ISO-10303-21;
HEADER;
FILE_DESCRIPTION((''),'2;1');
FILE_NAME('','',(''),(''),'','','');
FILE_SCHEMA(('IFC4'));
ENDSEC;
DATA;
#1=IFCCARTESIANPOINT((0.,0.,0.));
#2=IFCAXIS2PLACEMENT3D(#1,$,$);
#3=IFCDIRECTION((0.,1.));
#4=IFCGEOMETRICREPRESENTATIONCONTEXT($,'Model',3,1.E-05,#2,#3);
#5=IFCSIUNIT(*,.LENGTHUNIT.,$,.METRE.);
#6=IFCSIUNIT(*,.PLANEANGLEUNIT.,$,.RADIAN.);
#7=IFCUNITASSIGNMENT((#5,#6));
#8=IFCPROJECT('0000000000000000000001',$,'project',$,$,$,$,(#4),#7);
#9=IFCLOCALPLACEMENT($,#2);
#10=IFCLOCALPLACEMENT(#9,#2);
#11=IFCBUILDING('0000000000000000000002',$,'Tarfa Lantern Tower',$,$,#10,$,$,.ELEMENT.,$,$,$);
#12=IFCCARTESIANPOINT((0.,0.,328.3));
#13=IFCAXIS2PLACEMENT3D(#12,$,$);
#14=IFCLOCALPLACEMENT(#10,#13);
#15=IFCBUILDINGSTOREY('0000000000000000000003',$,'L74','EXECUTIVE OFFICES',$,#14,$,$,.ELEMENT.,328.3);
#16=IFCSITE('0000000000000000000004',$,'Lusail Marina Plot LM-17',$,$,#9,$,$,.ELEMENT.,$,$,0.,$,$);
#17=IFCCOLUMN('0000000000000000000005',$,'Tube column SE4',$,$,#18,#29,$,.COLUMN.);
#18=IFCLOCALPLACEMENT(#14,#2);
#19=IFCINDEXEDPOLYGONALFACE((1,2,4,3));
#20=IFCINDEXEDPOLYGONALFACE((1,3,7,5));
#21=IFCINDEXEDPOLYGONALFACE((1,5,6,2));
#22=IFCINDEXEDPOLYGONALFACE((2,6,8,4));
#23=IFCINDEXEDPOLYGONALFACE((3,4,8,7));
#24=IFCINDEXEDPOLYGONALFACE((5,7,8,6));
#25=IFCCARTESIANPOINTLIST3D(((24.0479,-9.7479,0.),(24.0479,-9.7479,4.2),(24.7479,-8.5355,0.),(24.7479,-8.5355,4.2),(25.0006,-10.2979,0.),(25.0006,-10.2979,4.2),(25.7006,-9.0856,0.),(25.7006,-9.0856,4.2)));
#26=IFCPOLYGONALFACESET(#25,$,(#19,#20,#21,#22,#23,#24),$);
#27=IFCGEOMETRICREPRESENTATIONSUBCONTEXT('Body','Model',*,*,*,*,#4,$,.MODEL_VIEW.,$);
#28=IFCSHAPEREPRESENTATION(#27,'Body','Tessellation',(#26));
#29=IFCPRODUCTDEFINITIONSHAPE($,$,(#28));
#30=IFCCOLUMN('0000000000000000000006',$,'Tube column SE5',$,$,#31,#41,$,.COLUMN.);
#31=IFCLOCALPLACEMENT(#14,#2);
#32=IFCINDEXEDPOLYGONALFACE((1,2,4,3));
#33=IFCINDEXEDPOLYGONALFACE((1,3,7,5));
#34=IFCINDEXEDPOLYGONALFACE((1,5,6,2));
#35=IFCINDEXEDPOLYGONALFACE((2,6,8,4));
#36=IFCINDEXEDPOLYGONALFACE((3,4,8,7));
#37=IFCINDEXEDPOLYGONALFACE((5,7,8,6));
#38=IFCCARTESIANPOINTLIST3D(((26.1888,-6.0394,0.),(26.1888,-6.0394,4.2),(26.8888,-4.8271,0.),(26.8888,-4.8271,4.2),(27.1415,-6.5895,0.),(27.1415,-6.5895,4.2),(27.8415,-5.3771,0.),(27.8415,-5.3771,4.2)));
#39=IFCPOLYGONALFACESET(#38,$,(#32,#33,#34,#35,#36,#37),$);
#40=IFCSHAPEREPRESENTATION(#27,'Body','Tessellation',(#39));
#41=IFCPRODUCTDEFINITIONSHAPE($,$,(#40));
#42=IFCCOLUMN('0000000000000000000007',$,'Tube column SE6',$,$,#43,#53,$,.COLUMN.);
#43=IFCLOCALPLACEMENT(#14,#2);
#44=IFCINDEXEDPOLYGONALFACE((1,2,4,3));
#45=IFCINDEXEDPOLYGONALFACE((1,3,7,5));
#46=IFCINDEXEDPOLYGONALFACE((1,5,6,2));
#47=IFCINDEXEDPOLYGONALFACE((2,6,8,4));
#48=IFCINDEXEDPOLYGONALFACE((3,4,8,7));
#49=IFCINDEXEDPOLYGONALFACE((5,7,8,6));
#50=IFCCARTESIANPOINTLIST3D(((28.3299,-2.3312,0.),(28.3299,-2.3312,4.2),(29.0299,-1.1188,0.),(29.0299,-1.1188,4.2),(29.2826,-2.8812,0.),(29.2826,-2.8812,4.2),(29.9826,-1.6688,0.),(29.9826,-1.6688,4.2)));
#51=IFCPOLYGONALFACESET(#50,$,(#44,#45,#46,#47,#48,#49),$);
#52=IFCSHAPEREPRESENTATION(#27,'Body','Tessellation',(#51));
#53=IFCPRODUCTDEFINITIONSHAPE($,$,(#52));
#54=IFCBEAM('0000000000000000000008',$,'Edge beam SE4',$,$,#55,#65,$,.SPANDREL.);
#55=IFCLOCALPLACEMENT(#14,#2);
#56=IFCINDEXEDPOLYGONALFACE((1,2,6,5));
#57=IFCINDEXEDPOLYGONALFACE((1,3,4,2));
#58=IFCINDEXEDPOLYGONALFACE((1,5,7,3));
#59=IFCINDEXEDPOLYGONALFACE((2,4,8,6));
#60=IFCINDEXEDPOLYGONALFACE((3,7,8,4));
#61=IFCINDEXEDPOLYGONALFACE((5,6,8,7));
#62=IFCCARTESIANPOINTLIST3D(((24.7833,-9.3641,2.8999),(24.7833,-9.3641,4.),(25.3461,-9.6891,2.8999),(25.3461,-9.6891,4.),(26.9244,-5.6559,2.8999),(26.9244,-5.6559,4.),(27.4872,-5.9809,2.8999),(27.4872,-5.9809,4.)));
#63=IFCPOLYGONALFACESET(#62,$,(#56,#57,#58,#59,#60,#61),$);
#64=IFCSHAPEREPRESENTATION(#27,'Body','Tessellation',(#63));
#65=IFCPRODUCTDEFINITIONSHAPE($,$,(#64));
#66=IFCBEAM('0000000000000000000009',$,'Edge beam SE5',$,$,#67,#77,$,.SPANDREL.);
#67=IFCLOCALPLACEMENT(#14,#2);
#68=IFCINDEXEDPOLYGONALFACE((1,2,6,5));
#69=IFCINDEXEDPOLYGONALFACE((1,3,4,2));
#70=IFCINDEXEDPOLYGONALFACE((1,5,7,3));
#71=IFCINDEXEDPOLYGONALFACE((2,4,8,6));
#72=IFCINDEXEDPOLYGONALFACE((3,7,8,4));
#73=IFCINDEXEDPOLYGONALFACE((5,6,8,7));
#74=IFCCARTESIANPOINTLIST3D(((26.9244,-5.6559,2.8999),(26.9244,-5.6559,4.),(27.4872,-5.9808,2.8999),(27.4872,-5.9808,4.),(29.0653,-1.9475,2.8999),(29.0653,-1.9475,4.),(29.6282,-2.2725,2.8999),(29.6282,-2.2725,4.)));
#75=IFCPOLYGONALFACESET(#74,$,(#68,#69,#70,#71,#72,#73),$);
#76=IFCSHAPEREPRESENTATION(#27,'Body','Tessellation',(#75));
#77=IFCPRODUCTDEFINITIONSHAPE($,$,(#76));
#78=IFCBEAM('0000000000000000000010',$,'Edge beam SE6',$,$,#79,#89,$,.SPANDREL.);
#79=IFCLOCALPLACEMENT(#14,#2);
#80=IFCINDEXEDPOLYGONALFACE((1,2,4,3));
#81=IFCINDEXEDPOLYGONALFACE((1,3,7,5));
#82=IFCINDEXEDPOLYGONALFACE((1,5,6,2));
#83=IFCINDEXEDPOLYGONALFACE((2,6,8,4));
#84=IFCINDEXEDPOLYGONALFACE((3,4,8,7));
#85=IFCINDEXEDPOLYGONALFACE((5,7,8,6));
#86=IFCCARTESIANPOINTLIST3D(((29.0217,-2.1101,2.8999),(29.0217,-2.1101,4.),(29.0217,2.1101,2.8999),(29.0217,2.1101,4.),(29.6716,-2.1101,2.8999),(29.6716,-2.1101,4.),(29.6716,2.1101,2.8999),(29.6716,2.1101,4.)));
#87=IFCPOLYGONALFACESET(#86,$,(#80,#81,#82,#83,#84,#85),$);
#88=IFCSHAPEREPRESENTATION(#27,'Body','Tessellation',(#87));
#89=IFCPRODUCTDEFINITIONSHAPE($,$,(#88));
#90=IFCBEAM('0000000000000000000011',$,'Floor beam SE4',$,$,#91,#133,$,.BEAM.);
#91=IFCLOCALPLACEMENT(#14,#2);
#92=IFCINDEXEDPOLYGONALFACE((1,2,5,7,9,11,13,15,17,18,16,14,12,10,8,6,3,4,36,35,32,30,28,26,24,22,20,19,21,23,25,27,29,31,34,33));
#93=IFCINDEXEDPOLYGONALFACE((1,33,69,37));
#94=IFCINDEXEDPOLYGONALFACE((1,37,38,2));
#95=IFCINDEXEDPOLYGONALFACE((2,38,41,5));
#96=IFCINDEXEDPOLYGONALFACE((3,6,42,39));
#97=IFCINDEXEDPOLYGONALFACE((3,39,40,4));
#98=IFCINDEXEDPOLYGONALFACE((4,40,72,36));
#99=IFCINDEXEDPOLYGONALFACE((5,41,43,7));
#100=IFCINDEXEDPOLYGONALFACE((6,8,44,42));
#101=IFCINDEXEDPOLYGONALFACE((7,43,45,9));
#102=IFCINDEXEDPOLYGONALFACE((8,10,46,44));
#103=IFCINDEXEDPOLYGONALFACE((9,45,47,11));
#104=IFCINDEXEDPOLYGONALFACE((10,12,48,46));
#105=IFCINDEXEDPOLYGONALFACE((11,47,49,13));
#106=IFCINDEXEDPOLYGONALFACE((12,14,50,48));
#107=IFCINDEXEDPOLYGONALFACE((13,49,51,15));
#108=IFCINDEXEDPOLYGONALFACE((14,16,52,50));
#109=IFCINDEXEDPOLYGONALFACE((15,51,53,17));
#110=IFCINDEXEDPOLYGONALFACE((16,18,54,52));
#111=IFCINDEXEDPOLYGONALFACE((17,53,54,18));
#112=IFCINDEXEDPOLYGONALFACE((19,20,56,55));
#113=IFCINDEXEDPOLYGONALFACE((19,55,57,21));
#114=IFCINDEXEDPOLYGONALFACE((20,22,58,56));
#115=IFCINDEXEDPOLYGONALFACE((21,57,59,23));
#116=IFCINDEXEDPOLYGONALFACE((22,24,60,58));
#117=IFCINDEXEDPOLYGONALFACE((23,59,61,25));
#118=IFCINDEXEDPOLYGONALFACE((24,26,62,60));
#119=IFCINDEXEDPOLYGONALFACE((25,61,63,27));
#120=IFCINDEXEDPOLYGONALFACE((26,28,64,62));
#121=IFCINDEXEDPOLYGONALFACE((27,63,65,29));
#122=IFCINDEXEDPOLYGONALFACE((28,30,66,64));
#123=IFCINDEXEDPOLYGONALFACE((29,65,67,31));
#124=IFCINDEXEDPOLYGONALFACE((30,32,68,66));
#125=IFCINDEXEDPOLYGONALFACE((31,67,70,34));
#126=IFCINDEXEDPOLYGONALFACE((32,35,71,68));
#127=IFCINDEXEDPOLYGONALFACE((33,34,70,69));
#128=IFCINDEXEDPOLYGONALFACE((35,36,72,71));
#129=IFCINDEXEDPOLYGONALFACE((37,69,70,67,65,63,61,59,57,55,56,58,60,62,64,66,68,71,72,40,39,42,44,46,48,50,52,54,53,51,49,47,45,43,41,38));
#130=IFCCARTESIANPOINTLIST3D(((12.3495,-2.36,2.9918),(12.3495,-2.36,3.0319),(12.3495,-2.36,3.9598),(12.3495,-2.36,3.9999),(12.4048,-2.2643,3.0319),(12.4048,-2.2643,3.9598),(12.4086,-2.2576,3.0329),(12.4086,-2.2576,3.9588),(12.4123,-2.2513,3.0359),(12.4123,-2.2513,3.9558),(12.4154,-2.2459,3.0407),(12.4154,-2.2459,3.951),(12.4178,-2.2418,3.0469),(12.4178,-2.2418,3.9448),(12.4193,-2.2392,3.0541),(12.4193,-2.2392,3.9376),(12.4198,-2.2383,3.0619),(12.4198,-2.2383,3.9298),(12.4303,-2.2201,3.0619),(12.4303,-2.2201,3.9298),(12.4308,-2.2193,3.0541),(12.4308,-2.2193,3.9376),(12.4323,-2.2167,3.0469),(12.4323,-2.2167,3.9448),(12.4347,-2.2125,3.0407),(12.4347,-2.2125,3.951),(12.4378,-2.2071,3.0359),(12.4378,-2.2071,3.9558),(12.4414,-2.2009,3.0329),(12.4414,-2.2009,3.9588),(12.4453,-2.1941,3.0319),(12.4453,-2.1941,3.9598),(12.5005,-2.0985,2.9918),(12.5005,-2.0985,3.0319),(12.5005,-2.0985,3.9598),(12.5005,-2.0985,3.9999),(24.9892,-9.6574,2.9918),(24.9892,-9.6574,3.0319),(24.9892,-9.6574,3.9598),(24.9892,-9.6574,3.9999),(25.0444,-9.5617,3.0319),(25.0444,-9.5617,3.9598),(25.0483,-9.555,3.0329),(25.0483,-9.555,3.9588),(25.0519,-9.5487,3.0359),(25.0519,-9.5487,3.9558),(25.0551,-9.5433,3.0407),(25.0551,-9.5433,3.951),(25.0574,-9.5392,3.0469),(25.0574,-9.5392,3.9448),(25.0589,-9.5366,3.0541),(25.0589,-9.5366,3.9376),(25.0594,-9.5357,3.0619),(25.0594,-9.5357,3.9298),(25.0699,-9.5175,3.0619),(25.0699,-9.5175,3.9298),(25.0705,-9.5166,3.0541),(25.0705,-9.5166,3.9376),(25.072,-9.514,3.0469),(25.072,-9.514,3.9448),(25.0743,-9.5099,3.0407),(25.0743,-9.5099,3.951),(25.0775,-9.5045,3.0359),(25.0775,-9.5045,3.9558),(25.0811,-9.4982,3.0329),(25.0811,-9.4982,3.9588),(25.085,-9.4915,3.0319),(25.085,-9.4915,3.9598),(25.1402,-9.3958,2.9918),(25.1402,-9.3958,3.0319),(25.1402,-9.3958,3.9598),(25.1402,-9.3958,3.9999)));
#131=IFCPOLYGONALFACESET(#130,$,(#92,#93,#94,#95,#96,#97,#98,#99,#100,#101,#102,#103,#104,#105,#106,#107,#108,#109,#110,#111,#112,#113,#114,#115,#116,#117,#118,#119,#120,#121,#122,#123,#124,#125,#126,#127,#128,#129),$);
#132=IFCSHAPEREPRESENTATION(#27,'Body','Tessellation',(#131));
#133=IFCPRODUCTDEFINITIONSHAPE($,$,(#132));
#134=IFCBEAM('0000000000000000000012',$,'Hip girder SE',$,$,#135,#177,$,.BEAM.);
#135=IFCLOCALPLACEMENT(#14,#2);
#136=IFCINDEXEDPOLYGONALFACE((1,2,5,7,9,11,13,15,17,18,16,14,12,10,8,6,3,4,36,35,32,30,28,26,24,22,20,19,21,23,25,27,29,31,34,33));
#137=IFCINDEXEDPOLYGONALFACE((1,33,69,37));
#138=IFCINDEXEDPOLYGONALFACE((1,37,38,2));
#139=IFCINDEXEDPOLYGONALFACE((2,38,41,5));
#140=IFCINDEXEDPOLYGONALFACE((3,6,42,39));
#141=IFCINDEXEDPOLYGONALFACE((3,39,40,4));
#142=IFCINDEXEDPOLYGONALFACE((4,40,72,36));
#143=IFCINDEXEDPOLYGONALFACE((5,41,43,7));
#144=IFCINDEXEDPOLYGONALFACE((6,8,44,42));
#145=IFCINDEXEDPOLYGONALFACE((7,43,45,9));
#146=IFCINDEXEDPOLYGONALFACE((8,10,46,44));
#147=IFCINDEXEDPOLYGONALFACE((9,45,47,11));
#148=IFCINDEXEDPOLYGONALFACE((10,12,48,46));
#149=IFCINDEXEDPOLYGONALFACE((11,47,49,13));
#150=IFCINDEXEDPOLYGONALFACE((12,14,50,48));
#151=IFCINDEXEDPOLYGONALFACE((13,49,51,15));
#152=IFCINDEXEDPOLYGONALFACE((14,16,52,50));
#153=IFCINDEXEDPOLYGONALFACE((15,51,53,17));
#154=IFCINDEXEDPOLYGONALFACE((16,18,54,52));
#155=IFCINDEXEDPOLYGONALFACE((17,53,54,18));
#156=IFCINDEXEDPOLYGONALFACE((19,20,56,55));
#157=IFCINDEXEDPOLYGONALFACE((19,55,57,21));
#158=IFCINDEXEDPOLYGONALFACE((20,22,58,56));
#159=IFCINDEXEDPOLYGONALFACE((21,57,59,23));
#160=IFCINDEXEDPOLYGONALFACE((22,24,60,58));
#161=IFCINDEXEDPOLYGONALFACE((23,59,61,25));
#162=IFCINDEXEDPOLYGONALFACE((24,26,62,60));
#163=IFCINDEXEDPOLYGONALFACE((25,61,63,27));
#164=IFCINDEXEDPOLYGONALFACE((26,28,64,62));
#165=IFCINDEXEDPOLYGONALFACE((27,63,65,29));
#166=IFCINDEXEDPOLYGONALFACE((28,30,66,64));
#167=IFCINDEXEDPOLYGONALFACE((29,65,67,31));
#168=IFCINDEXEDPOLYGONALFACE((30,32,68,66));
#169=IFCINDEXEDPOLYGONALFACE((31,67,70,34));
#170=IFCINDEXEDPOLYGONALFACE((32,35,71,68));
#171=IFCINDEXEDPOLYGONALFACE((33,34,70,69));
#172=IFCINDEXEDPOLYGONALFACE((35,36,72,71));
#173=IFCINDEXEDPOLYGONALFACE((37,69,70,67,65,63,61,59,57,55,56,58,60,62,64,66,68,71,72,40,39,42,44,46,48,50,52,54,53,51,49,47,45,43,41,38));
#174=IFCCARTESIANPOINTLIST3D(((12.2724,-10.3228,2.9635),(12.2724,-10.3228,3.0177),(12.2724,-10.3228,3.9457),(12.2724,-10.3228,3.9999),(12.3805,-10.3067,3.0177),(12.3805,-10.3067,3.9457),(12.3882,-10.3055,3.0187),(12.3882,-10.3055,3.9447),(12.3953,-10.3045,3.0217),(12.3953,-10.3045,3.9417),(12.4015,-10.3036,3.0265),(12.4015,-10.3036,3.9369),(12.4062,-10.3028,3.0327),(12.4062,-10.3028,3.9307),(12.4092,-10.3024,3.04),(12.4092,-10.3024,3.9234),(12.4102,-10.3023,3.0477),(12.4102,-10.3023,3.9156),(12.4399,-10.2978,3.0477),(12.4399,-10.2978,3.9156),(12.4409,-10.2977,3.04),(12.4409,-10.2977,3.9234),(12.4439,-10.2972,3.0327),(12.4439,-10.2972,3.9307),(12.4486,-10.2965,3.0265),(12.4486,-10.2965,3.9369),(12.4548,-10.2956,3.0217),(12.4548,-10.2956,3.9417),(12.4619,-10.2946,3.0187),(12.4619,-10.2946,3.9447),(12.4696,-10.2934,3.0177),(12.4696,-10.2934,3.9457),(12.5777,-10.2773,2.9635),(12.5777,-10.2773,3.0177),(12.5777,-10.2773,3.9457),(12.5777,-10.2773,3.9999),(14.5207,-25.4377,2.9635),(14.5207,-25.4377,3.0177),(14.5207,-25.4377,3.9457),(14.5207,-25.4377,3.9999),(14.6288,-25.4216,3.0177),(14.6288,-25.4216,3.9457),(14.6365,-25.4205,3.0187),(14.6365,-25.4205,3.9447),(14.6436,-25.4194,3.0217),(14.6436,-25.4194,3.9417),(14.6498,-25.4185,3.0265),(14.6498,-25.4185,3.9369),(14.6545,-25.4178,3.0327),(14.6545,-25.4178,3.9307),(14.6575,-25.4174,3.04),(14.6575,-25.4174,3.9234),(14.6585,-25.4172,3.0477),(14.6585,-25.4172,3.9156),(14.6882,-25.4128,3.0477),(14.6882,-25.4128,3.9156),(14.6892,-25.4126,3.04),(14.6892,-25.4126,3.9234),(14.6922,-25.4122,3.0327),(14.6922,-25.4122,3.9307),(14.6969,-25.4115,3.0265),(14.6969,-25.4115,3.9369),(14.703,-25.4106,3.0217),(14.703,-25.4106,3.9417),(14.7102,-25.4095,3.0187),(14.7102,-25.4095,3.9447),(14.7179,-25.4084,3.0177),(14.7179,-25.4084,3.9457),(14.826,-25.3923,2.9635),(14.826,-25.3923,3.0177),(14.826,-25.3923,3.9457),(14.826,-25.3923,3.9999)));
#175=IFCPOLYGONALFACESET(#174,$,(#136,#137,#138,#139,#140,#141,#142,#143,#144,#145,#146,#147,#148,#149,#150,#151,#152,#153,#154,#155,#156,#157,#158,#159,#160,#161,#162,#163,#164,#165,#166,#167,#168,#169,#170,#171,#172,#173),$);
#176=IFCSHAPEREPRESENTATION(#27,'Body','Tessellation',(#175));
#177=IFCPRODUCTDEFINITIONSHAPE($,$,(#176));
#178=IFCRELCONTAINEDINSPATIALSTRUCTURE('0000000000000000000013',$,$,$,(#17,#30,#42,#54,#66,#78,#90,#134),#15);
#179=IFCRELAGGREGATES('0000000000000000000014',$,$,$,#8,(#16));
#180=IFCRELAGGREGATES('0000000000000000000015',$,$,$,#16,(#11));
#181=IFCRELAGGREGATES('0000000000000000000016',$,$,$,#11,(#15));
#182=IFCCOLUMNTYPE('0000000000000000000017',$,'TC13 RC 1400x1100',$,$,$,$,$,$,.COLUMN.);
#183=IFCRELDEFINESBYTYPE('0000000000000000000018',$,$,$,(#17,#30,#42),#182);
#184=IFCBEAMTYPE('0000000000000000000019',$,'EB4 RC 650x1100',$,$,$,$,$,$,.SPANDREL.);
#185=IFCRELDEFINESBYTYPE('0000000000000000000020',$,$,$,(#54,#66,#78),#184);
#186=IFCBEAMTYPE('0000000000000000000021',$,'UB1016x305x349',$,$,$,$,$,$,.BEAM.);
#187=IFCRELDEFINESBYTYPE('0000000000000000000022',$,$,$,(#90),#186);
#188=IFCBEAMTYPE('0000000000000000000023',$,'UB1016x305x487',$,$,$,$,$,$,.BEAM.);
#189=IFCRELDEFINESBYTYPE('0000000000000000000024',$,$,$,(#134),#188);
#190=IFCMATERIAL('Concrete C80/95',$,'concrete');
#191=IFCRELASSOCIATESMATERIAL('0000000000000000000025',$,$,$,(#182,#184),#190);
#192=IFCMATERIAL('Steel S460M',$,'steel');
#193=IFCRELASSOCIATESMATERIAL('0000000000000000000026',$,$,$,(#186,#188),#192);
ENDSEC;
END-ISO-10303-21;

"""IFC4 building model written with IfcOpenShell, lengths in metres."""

from ifc_helpers import new_model, si_unit, direction, frame, origin, origin_2d, place, context, subcontext, project, spatial, rectangle, i_section, extrude, material, material_profile, profile_set, type_object, element, save


model = new_model("IFC4")

# Units and contexts
model_context = context("Model", 3, precision=1e-05, world=origin(), true_north=direction((0.0, 1.0)))
body_context = subcontext(model_context, "Body", "Model", "MODEL_VIEW")
ifc_project = project(units=[si_unit("LENGTHUNIT", "METRE"), si_unit("PLANEANGLEUNIT", "RADIAN")], contexts=[model_context])

# Site, building, storey
site_placement = place(None, origin())
site = spatial("IfcSite", under=ifc_project, at=site_placement, Name="Lusail Marina Plot LM-17", CompositionType="ELEMENT", RefElevation=0.0)
building_placement = place(site_placement, origin())
building = spatial("IfcBuilding", under=site, at=building_placement, Name="Tarfa Lantern Tower", CompositionType="ELEMENT")
storey_placement = place(building_placement, frame((0.0, 0.0, 328.3)))
storey = spatial("IfcBuildingStorey", under=building, at=storey_placement, Name="L74", Description="EXECUTIVE OFFICES", CompositionType="ELEMENT", Elevation=328.3)

# Columns
ifc_material_1 = material(Name="Concrete C80/95", Category="concrete")
ifc_material_profile_1 = material_profile(ifc_material_1, rectangle(XDim=1.3999, YDim=1.1001, at=origin_2d()), Name="RC 1400x1100")
ifc_profile_set_1 = profile_set([ifc_material_profile_1], Name="Concrete C80/95")
column_type = type_object("IfcColumnType", Name="TC13 RC 1400x1100", PredefinedType="COLUMN", material=ifc_profile_set_1)
for number, where, z_axis, x_axis, name in (
    (1, (24.8743, -9.4167, 0.0), (0.0, 0.0, 1.0), (0.5, 0.866025, 0.0), "Tube column SE4"),
    (2, (27.0151, -5.7083, 0.0), (0.0, 0.0, 1.0), (0.5, 0.866025, 0.0), "Tube column SE5"),
    (3, (29.1562, -2.0, 0.0), (0.0, 0.0, 1.0), (0.5, 0.866025, 0.0), "Tube column SE6"),
):
    element("IfcColumn", number, at=place(storey_placement, frame(where, z_axis=z_axis, x_axis=x_axis)), inside=storey, type_object=column_type, Name=name, PredefinedType="COLUMN", context=body_context, shape_type="SweptSolid", body=[
        extrude(rectangle(XDim=1.3999, YDim=1.1001, at=origin_2d()), origin(), (0.0, 0.0, 1.0), 4.2),
    ])

# Beams
ifc_material_profile_2 = material_profile(ifc_material_1, rectangle(XDim=0.6499, YDim=1.1001, at=origin_2d()), Name="RC 650x1100")
ifc_profile_set_2 = profile_set([ifc_material_profile_2], Name="Concrete C80/95")
beam_type_1 = type_object("IfcBeamType", Name="EB4 RC 650x1100", PredefinedType="SPANDREL", material=ifc_profile_set_2)
for number, where, z_axis, x_axis, name in (
    (4, (25.0647, -9.5266, 3.45), (0.500027, 0.86601, 0.0), (-0.86601, 0.500027, 0.0), "Edge beam SE4"),
    (5, (27.2058, -5.8184, 3.45), (0.499984, 0.866035, 0.0), (-0.866035, 0.499984, 0.0), "Edge beam SE5"),
):
    element("IfcBeam", number, at=place(storey_placement, frame(where, z_axis=z_axis, x_axis=x_axis)), inside=storey, type_object=beam_type_1, Name=name, PredefinedType="SPANDREL", context=body_context, shape_type="SweptSolid", body=[
        extrude(rectangle(XDim=0.6499, YDim=1.1001, at=origin_2d()), origin(), (0.0, 0.0, 1.0), 4.282),
    ])
beam_1_placement = place(storey_placement, frame((29.3467, -2.1101, 3.45), z_axis=(0.0, 1.0, 0.0), x_axis=(-1.0, 0.0, 0.0)))
element("IfcBeam", 6, at=beam_1_placement, inside=storey, type_object=beam_type_1, Name="Edge beam SE6", PredefinedType="SPANDREL", context=body_context, shape_type="SweptSolid", body=[
    extrude(rectangle(XDim=0.6499, YDim=1.1001, at=origin_2d()), origin(), (0.0, 0.0, 1.0), 4.2202),
])
ifc_material_2 = material(Name="Steel S460M", Category="steel")
ifc_material_profile_3 = material_profile(ifc_material_2, i_section(OverallWidth=0.302, OverallDepth=1.0081, WebThickness=0.021, FlangeThickness=0.04, FilletRadius=0.03, at=origin_2d()), Name="UB1016x305x349")
ifc_profile_set_3 = profile_set([ifc_material_profile_3], Name="Steel S460M")
beam_type_2 = type_object("IfcBeamType", Name="UB1016x305x349", PredefinedType="BEAM", material=ifc_profile_set_3)
beam_2_placement = place(storey_placement, frame((25.0647, -9.5266, 3.4958), z_axis=(-0.86603, 0.499993, 0.0), x_axis=(-0.499993, -0.86603, 0.0)))
element("IfcBeam", 7, at=beam_2_placement, inside=storey, type_object=beam_type_2, Name="Floor beam SE4", PredefinedType="BEAM", context=body_context, shape_type="SweptSolid", body=[
    extrude(i_section(OverallWidth=0.302, OverallDepth=1.0081, WebThickness=0.021, FlangeThickness=0.04, FilletRadius=0.03, at=origin_2d()), origin(), (0.0, 0.0, 1.0), 14.595),
])
ifc_material_profile_4 = material_profile(ifc_material_2, i_section(OverallWidth=0.3086, OverallDepth=1.0364, WebThickness=0.03, FlangeThickness=0.0542, FilletRadius=0.03, at=origin_2d()), Name="UB1016x305x487")
ifc_profile_set_4 = profile_set([ifc_material_profile_4], Name="Steel S460M")
beam_type_3 = type_object("IfcBeamType", Name="UB1016x305x487", PredefinedType="BEAM", material=ifc_profile_set_4)
beam_3_placement = place(storey_placement, frame((12.425, -10.3, 3.4817), z_axis=(0.147127, -0.989118, 0.0), x_axis=(0.989118, 0.147127, 0.0)))
element("IfcBeam", 8, at=beam_3_placement, inside=storey, type_object=beam_type_3, Name="Hip girder SE", PredefinedType="BEAM", context=body_context, shape_type="SweptSolid", body=[
    extrude(i_section(OverallWidth=0.3086, OverallDepth=1.0364, WebThickness=0.03, FlangeThickness=0.0542, FilletRadius=0.03, at=origin_2d()), origin(), (0.0, 0.0, 1.0), 15.2812),
])

save(model, "model.ifc")
